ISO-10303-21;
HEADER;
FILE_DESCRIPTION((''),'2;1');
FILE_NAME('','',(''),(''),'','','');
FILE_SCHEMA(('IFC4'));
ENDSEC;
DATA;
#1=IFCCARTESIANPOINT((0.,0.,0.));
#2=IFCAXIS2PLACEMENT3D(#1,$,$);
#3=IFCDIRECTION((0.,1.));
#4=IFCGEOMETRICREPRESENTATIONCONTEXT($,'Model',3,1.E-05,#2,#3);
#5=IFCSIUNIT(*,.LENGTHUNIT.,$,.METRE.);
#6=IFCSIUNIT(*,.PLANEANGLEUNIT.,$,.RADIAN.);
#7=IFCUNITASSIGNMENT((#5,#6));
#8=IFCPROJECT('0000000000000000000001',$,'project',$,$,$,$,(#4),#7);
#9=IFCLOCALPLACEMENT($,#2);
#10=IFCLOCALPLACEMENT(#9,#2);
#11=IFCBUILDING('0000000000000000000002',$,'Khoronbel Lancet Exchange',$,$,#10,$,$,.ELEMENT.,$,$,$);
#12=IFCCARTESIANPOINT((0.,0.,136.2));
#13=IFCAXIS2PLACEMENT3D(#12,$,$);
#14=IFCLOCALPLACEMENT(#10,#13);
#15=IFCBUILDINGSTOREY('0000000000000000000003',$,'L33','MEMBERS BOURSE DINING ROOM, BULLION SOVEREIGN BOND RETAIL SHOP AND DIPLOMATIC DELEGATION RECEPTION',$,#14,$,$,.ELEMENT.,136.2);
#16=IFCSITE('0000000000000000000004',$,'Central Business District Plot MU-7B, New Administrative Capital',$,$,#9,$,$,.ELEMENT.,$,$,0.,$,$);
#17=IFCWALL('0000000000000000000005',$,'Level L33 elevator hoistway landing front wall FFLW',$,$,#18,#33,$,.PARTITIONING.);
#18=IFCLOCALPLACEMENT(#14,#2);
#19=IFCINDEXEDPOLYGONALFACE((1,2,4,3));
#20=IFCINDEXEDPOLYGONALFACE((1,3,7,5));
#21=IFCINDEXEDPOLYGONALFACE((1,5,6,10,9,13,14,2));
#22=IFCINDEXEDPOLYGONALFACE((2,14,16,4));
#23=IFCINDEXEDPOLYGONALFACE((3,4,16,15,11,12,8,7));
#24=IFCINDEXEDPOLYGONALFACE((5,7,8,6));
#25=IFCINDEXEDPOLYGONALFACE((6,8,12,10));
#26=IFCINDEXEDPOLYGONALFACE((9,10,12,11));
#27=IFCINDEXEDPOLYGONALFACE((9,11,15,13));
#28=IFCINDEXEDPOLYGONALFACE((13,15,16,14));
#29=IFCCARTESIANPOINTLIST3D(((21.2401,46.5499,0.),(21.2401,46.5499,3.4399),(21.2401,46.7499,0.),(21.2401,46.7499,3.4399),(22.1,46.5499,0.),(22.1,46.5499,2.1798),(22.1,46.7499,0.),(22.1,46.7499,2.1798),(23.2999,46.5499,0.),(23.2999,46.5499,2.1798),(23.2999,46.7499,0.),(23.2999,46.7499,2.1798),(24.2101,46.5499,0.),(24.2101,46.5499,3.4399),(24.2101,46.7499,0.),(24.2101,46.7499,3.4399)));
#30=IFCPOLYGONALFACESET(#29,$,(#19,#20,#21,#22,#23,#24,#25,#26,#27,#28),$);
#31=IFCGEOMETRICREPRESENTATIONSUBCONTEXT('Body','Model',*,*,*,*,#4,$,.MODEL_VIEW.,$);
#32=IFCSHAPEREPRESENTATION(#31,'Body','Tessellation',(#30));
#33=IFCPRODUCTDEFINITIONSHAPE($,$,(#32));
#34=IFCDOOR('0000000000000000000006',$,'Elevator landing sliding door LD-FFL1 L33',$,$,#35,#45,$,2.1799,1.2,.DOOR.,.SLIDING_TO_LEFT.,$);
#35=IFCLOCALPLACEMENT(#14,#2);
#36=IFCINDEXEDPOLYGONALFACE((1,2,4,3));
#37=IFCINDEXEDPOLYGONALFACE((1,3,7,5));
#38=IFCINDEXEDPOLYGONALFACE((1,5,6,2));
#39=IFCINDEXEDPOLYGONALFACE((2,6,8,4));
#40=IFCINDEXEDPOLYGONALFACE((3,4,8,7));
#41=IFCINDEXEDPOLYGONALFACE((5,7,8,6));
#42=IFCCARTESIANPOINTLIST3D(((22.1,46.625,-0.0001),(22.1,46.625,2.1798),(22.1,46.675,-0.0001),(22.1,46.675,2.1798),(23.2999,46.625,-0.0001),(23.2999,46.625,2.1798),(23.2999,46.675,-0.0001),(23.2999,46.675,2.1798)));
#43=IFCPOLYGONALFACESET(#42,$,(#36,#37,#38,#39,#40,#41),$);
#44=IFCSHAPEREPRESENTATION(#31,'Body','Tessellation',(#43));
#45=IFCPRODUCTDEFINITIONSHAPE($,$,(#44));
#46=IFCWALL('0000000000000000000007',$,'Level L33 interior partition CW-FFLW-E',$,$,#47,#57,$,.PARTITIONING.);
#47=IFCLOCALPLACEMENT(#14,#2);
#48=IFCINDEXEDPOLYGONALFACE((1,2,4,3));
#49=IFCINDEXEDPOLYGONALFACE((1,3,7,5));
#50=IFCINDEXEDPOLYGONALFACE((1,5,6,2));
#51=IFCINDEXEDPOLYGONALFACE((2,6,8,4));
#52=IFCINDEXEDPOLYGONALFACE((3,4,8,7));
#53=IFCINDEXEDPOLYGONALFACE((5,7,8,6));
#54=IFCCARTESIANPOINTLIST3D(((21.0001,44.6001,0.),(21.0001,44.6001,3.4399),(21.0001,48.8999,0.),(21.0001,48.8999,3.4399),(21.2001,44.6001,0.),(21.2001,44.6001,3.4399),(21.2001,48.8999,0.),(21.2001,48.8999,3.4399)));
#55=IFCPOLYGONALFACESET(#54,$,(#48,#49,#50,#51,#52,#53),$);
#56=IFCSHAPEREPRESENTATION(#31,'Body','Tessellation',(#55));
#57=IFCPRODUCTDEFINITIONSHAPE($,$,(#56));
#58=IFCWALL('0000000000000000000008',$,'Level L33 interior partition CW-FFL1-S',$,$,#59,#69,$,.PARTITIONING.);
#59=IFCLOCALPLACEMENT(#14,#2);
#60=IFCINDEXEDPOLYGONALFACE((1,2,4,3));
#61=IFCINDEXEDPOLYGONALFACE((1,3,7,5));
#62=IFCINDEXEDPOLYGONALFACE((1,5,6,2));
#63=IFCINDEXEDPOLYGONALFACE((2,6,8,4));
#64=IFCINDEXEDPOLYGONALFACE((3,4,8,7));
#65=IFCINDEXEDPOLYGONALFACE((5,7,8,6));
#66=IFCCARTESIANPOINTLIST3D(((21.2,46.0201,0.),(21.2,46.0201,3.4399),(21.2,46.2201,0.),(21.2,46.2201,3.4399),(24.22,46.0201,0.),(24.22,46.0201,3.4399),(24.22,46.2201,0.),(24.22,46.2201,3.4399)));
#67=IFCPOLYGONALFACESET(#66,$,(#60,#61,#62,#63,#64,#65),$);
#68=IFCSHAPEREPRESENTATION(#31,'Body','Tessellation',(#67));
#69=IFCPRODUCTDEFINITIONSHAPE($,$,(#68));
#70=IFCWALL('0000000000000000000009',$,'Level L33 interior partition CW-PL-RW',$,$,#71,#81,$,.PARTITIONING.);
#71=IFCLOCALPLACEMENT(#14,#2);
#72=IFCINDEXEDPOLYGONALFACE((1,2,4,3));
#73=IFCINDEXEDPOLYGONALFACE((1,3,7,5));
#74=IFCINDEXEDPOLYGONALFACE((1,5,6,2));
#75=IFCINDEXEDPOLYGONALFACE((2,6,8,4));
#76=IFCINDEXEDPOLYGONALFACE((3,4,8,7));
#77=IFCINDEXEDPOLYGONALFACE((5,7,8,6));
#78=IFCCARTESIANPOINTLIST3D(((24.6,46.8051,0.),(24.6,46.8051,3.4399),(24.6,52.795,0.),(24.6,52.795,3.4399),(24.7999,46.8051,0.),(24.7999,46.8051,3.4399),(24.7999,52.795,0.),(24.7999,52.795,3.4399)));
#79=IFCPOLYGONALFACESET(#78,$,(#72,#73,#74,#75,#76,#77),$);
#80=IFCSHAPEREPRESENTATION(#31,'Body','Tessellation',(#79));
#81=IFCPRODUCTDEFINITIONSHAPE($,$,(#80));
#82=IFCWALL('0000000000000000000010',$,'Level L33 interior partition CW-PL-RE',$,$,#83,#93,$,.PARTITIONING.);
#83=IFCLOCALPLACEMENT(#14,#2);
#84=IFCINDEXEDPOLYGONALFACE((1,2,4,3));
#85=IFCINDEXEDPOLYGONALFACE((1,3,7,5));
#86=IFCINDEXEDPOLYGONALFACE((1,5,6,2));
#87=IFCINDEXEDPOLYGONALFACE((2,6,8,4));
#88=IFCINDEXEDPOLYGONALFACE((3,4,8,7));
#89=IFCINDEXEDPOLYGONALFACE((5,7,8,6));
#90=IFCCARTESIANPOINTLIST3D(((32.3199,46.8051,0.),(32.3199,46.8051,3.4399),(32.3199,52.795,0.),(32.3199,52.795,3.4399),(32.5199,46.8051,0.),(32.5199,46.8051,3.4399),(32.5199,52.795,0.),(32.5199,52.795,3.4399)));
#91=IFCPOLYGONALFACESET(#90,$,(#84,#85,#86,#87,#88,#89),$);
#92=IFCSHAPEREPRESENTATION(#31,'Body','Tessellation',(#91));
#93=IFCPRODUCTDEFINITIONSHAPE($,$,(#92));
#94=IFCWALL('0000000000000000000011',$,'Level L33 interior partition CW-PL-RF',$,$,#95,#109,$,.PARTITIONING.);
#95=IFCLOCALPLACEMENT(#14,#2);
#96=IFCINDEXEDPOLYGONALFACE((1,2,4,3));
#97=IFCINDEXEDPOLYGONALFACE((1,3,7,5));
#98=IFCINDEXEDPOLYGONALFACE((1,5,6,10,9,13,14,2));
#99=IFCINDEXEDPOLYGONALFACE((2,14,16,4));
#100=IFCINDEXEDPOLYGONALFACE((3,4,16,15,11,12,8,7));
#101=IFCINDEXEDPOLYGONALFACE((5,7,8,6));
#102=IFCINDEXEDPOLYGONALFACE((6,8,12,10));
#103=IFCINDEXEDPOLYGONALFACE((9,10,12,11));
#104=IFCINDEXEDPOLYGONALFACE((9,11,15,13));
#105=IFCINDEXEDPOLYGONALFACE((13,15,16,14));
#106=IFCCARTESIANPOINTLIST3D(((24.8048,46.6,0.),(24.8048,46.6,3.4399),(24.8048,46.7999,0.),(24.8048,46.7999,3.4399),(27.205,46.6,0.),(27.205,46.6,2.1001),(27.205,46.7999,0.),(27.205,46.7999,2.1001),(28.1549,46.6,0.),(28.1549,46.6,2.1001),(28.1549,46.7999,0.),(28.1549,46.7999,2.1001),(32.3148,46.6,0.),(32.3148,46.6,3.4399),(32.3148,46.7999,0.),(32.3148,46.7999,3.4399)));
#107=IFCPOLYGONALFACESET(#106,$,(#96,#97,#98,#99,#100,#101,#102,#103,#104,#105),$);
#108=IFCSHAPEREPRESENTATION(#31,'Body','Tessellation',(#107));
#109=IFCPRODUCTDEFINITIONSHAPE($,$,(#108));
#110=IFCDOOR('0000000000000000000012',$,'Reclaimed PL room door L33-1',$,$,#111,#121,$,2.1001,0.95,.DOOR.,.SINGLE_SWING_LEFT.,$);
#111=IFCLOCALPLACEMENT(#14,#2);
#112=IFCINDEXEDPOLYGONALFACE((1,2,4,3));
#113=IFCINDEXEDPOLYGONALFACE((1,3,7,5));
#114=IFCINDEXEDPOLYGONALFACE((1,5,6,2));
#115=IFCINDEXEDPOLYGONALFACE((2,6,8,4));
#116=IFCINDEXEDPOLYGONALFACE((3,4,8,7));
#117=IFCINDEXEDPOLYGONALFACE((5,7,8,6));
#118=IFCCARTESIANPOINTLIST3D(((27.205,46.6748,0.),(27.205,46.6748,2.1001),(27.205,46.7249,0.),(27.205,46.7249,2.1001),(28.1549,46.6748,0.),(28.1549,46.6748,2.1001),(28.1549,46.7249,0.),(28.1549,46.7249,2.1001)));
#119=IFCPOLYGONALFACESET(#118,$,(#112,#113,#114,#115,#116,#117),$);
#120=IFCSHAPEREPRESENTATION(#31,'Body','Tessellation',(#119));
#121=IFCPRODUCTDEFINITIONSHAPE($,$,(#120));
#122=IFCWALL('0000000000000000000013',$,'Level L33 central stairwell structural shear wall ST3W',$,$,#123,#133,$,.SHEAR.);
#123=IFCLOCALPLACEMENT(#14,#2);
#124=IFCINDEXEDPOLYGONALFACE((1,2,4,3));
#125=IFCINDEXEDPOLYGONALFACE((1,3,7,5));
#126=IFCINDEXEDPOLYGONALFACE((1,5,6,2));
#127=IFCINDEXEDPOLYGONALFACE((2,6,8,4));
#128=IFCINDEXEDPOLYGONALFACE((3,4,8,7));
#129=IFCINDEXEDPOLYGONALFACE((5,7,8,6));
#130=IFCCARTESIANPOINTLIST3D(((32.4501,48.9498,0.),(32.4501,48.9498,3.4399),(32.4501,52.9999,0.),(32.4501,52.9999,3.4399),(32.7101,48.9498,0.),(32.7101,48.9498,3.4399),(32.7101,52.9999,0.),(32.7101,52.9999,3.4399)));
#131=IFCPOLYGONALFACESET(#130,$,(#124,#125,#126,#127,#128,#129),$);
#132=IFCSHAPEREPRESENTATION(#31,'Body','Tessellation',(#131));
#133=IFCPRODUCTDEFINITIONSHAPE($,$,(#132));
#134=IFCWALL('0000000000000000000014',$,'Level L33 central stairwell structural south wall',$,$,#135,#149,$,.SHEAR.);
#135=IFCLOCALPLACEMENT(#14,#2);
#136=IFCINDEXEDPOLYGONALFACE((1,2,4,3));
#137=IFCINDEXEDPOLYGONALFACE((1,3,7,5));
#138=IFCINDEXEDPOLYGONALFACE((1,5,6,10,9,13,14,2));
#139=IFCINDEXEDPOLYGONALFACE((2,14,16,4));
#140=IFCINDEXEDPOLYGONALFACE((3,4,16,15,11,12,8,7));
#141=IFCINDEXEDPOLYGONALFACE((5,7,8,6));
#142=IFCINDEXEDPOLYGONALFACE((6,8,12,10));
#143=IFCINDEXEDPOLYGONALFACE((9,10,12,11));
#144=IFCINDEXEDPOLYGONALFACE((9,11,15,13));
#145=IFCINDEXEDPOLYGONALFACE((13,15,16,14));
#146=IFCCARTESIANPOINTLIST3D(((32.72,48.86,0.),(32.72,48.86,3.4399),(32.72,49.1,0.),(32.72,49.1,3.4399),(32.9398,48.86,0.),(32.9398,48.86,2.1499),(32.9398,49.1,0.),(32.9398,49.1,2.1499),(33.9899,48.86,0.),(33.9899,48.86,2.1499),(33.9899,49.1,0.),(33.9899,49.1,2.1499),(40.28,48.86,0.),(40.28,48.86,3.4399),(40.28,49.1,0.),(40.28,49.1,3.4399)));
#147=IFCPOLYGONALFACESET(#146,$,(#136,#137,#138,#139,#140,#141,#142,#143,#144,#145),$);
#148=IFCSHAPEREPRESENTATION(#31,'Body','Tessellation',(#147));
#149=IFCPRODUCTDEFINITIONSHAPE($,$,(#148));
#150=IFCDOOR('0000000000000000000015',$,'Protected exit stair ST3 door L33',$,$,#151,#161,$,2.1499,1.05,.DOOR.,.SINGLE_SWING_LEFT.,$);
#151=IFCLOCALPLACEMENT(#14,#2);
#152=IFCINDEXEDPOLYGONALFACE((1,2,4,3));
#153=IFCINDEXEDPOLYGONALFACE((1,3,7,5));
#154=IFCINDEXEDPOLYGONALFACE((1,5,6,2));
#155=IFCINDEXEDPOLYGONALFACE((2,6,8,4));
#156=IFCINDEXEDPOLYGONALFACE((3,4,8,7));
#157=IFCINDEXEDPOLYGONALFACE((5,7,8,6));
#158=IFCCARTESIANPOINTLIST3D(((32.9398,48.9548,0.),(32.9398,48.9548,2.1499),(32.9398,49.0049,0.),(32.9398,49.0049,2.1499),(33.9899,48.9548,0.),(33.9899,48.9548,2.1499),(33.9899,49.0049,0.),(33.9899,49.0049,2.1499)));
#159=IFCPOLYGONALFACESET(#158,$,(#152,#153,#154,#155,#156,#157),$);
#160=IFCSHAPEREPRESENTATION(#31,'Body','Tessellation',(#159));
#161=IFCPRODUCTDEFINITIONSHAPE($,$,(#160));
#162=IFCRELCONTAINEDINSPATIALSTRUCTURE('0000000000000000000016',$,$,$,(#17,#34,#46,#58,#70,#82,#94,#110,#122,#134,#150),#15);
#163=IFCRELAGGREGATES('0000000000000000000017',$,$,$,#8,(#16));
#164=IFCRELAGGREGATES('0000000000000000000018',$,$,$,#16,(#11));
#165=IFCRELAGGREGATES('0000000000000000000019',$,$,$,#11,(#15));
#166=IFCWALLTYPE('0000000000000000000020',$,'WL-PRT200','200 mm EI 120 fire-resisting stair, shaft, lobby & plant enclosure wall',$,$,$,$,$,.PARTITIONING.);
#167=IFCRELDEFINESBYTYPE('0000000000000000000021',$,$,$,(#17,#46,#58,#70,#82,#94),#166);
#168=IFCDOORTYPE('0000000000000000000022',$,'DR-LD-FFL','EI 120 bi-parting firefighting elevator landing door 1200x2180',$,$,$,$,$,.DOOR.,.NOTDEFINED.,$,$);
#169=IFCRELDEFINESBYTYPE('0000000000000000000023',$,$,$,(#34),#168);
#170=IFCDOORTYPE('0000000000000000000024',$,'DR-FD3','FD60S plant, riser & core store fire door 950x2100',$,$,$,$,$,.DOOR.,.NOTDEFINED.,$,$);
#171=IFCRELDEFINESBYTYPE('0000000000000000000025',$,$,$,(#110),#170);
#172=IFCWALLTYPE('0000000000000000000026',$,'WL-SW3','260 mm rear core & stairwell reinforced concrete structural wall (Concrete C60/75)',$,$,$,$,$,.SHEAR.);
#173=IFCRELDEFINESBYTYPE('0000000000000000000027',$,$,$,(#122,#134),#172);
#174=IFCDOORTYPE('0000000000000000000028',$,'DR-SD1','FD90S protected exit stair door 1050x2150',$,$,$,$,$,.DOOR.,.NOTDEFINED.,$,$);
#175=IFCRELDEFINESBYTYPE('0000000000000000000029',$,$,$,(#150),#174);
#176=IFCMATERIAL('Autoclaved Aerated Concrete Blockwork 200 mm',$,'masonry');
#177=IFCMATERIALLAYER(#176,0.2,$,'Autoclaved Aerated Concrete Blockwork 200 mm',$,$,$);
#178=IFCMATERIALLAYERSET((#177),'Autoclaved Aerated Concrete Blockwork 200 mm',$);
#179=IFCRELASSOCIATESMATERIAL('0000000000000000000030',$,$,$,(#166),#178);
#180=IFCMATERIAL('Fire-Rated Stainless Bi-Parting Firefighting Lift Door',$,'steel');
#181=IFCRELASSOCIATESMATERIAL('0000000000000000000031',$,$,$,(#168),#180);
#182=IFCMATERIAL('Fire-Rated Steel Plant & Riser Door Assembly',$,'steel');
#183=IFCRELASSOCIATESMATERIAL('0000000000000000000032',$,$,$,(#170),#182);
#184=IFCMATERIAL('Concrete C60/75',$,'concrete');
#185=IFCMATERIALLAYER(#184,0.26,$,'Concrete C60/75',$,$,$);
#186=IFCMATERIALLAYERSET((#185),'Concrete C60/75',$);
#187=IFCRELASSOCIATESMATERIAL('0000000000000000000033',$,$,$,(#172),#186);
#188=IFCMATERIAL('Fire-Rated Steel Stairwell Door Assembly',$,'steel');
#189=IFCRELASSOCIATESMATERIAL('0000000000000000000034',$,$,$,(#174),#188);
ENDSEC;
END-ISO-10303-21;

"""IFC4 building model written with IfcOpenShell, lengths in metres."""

from ifc_helpers import new_model, si_unit, direction, frame, frame_2d, origin, place, context, subcontext, project, spatial, rectangle, extrude, material, layer, layer_set, type_object, element, fill, save


model = new_model("IFC4")

# Units and contexts
model_context = context("Model", 3, precision=1e-05, world=origin(), true_north=direction((0.0, 1.0)))
body_context = subcontext(model_context, "Body", "Model", "MODEL_VIEW")
ifc_project = project(units=[si_unit("LENGTHUNIT", "METRE"), si_unit("PLANEANGLEUNIT", "RADIAN")], contexts=[model_context])

# Site, building, storey
site_placement = place(None, origin())
site = spatial("IfcSite", under=ifc_project, at=site_placement, Name="Central Business District Plot MU-7B, New Administrative Capital", CompositionType="ELEMENT", RefElevation=0.0)
building_placement = place(site_placement, origin())
building = spatial("IfcBuilding", under=site, at=building_placement, Name="Khoronbel Lancet Exchange", CompositionType="ELEMENT")
storey_placement = place(building_placement, frame((0.0, 0.0, 136.2)))
storey = spatial("IfcBuildingStorey", under=building, at=storey_placement, Name="L33", Description="MEMBERS BOURSE DINING ROOM, BULLION SOVEREIGN BOND RETAIL SHOP AND DIPLOMATIC DELEGATION RECEPTION", CompositionType="ELEMENT", Elevation=136.2)

# Wall, opening, door
ifc_material_1 = material(Name="Autoclaved Aerated Concrete Blockwork 200 mm", Category="masonry")
ifc_layer_1 = layer(ifc_material_1, 0.2, Name="Autoclaved Aerated Concrete Blockwork 200 mm")
ifc_layer_set_1 = layer_set([ifc_layer_1], Name="Autoclaved Aerated Concrete Blockwork 200 mm")
wall_type_1 = type_object("IfcWallType", Name="WL-PRT200", Description="200 mm EI 120 fire-resisting stair, shaft, lobby & plant enclosure wall", PredefinedType="PARTITIONING", material=ifc_layer_set_1)
wall_1_placement = place(storey_placement, frame((24.21, 46.6499, 0.0), z_axis=(0.0, 0.0, 1.0), x_axis=(-1.0, 0.0, 0.0)))
wall_1 = element("IfcWall", 1, at=wall_1_placement, inside=storey, type_object=wall_type_1, Name="Level L33 elevator hoistway landing front wall FFLW", PredefinedType="PARTITIONING", context=body_context, shape_type="SweptSolid", body=[
    extrude(rectangle(XDim=2.97, YDim=0.2, at=frame_2d((1.4849, 0.0))), origin(), (0.0, 0.0, 1.0), 3.4399),
])
opening_1_placement = place(wall_1_placement, frame((0.9099, 0.0, 0.0)))
opening_1 = element("IfcOpeningElement", 2, at=opening_1_placement, cuts=wall_1, PredefinedType="OPENING", context=body_context, shape_type="SweptSolid", body=[
    extrude(rectangle(XDim=1.2, YDim=2.1799, at=frame_2d((0.6001, 1.0898))), frame((0.0, 0.1099, 0.0), z_axis=(0.0, -1.0, 0.0), x_axis=(1.0, 0.0, 0.0)), (0.0, 0.0, 1.0), 0.22),
])
ifc_material_2 = material(Name="Fire-Rated Stainless Bi-Parting Firefighting Lift Door", Category="steel")
door_type_1 = type_object("IfcDoorType", Name="DR-LD-FFL", Description="EI 120 bi-parting firefighting elevator landing door 1200x2180", OperationType="NOTDEFINED", PredefinedType="DOOR", material=ifc_material_2)
door_1_placement = place(opening_1_placement, origin())
door_1 = element("IfcDoor", 3, at=door_1_placement, inside=storey, type_object=door_type_1, Name="Elevator landing sliding door LD-FFL1 L33", OperationType="SLIDING_TO_LEFT", OverallHeight=2.1799, OverallWidth=1.2, PredefinedType="DOOR", context=body_context, shape_type="SweptSolid", body=[
    extrude(rectangle(XDim=1.2, YDim=2.1799, at=frame_2d((0.6001, 1.0898))), frame((0.0, 0.0249, 0.0), z_axis=(0.0, -1.0, 0.0), x_axis=(1.0, 0.0, 0.0)), (0.0, 0.0, 1.0), 0.05),
])
fill(opening_1, door_1)

# Walls
wall_2_placement = place(storey_placement, frame((21.1001, 44.6001, 0.0), z_axis=(0.0, 0.0, 1.0), x_axis=(0.0, 1.0, 0.0)))
element("IfcWall", 4, at=wall_2_placement, inside=storey, type_object=wall_type_1, Name="Level L33 interior partition CW-FFLW-E", PredefinedType="PARTITIONING", context=body_context, shape_type="SweptSolid", body=[
    extrude(rectangle(XDim=4.2998, YDim=0.2, at=frame_2d((2.1499, 0.0))), origin(), (0.0, 0.0, 1.0), 3.4399),
])
wall_3_placement = place(storey_placement, frame((21.2, 46.1201, 0.0), z_axis=(0.0, 0.0, 1.0), x_axis=(1.0, 0.0, 0.0)))
element("IfcWall", 5, at=wall_3_placement, inside=storey, type_object=wall_type_1, Name="Level L33 interior partition CW-FFL1-S", PredefinedType="PARTITIONING", context=body_context, shape_type="SweptSolid", body=[
    extrude(rectangle(XDim=3.02, YDim=0.2, at=frame_2d((1.51, 0.0))), origin(), (0.0, 0.0, 1.0), 3.4399),
])
for number, where, z_axis, x_axis, name in (
    (6, (24.7, 46.8049, 0.0), (0.0, 0.0, 1.0), (0.0, 1.0, 0.0), "Level L33 interior partition CW-PL-RW"),
    (7, (32.4199, 46.8049, 0.0), (0.0, 0.0, 1.0), (0.0, 1.0, 0.0), "Level L33 interior partition CW-PL-RE"),
):
    element("IfcWall", number, at=place(storey_placement, frame(where, z_axis=z_axis, x_axis=x_axis)), inside=storey, type_object=wall_type_1, Name=name, PredefinedType="PARTITIONING", context=body_context, shape_type="SweptSolid", body=[
        extrude(rectangle(XDim=5.99, YDim=0.2, at=frame_2d((2.9951, 0.0))), origin(), (0.0, 0.0, 1.0), 3.4399),
    ])

# Wall, opening, door
wall_4_placement = place(storey_placement, frame((24.8049, 46.7, 0.0), z_axis=(0.0, 0.0, 1.0), x_axis=(1.0, 0.0, 0.0)))
wall_4 = element("IfcWall", 8, at=wall_4_placement, inside=storey, type_object=wall_type_1, Name="Level L33 interior partition CW-PL-RF", PredefinedType="PARTITIONING", context=body_context, shape_type="SweptSolid", body=[
    extrude(rectangle(XDim=7.51, YDim=0.2, at=frame_2d((3.7549, 0.0))), origin(), (0.0, 0.0, 1.0), 3.4399),
])
opening_2_placement = place(wall_4_placement, frame((2.3999, 0.0, 0.0)))
opening_2 = element("IfcOpeningElement", 9, at=opening_2_placement, cuts=wall_4, PredefinedType="OPENING", context=body_context, shape_type="SweptSolid", body=[
    extrude(rectangle(XDim=0.95, YDim=2.1001, at=frame_2d((0.4751, 1.05))), frame((0.0, 0.1099, 0.0), z_axis=(0.0, -1.0, 0.0), x_axis=(1.0, 0.0, 0.0)), (0.0, 0.0, 1.0), 0.22),
])
ifc_material_3 = material(Name="Fire-Rated Steel Plant & Riser Door Assembly", Category="steel")
door_type_2 = type_object("IfcDoorType", Name="DR-FD3", Description="FD60S plant, riser & core store fire door 950x2100", OperationType="NOTDEFINED", PredefinedType="DOOR", material=ifc_material_3)
door_2_placement = place(opening_2_placement, origin())
door_2 = element("IfcDoor", 10, at=door_2_placement, inside=storey, type_object=door_type_2, Name="Reclaimed PL room door L33-1", OperationType="SINGLE_SWING_LEFT", OverallHeight=2.1001, OverallWidth=0.95, PredefinedType="DOOR", context=body_context, shape_type="SweptSolid", body=[
    extrude(rectangle(XDim=0.95, YDim=2.1001, at=frame_2d((0.4751, 1.05))), frame((0.0, 0.0249, 0.0), z_axis=(0.0, -1.0, 0.0), x_axis=(1.0, 0.0, 0.0)), (0.0, 0.0, 1.0), 0.05),
])
fill(opening_2, door_2)

# Wall
ifc_material_4 = material(Name="Concrete C60/75", Category="concrete")
ifc_layer_2 = layer(ifc_material_4, 0.26, Name="Concrete C60/75")
ifc_layer_set_2 = layer_set([ifc_layer_2], Name="Concrete C60/75")
wall_type_2 = type_object("IfcWallType", Name="WL-SW3", Description="260 mm rear core & stairwell reinforced concrete structural wall (Concrete C60/75)", PredefinedType="SHEAR", material=ifc_layer_set_2)
wall_5_placement = place(storey_placement, frame((32.5801, 48.95, 0.0), z_axis=(0.0, 0.0, 1.0), x_axis=(0.0, 1.0, 0.0)))
element("IfcWall", 11, at=wall_5_placement, inside=storey, type_object=wall_type_2, Name="Level L33 central stairwell structural shear wall ST3W", PredefinedType="SHEAR", context=body_context, shape_type="SweptSolid", body=[
    extrude(rectangle(XDim=4.05, YDim=0.26, at=frame_2d((2.0249, 0.0))), origin(), (0.0, 0.0, 1.0), 3.4399),
])

# Wall, opening, door
wall_6_placement = place(storey_placement, frame((32.72, 48.98, 0.0), z_axis=(0.0, 0.0, 1.0), x_axis=(1.0, 0.0, 0.0)))
wall_6 = element("IfcWall", 12, at=wall_6_placement, inside=storey, type_object=wall_type_2, Name="Level L33 central stairwell structural south wall", PredefinedType="SHEAR", context=body_context, shape_type="SweptSolid", body=[
    extrude(rectangle(XDim=7.5601, YDim=0.24, at=frame_2d((3.78, 0.0))), origin(), (0.0, 0.0, 1.0), 3.4399),
])
opening_3_placement = place(wall_6_placement, frame((0.22, 0.0, 0.0)))
opening_3 = element("IfcOpeningElement", 13, at=opening_3_placement, cuts=wall_6, PredefinedType="OPENING", context=body_context, shape_type="SweptSolid", body=[
    extrude(rectangle(XDim=1.05, YDim=2.1499, at=frame_2d((0.5249, 1.075))), frame((0.0, 0.1299, 0.0), z_axis=(0.0, -1.0, 0.0), x_axis=(1.0, 0.0, 0.0)), (0.0, 0.0, 1.0), 0.26),
])
ifc_material_5 = material(Name="Fire-Rated Steel Stairwell Door Assembly", Category="steel")
door_type_3 = type_object("IfcDoorType", Name="DR-SD1", Description="FD90S protected exit stair door 1050x2150", OperationType="NOTDEFINED", PredefinedType="DOOR", material=ifc_material_5)
door_3_placement = place(opening_3_placement, origin())
door_3 = element("IfcDoor", 14, at=door_3_placement, inside=storey, type_object=door_type_3, Name="Protected exit stair ST3 door L33", OperationType="SINGLE_SWING_LEFT", OverallHeight=2.1499, OverallWidth=1.05, PredefinedType="DOOR", context=body_context, shape_type="SweptSolid", body=[
    extrude(rectangle(XDim=1.05, YDim=2.1499, at=frame_2d((0.5249, 1.075))), frame((0.0, 0.0249, 0.0), z_axis=(0.0, -1.0, 0.0), x_axis=(1.0, 0.0, 0.0)), (0.0, 0.0, 1.0), 0.05),
])
fill(opening_3, door_3)

save(model, "model.ifc")
